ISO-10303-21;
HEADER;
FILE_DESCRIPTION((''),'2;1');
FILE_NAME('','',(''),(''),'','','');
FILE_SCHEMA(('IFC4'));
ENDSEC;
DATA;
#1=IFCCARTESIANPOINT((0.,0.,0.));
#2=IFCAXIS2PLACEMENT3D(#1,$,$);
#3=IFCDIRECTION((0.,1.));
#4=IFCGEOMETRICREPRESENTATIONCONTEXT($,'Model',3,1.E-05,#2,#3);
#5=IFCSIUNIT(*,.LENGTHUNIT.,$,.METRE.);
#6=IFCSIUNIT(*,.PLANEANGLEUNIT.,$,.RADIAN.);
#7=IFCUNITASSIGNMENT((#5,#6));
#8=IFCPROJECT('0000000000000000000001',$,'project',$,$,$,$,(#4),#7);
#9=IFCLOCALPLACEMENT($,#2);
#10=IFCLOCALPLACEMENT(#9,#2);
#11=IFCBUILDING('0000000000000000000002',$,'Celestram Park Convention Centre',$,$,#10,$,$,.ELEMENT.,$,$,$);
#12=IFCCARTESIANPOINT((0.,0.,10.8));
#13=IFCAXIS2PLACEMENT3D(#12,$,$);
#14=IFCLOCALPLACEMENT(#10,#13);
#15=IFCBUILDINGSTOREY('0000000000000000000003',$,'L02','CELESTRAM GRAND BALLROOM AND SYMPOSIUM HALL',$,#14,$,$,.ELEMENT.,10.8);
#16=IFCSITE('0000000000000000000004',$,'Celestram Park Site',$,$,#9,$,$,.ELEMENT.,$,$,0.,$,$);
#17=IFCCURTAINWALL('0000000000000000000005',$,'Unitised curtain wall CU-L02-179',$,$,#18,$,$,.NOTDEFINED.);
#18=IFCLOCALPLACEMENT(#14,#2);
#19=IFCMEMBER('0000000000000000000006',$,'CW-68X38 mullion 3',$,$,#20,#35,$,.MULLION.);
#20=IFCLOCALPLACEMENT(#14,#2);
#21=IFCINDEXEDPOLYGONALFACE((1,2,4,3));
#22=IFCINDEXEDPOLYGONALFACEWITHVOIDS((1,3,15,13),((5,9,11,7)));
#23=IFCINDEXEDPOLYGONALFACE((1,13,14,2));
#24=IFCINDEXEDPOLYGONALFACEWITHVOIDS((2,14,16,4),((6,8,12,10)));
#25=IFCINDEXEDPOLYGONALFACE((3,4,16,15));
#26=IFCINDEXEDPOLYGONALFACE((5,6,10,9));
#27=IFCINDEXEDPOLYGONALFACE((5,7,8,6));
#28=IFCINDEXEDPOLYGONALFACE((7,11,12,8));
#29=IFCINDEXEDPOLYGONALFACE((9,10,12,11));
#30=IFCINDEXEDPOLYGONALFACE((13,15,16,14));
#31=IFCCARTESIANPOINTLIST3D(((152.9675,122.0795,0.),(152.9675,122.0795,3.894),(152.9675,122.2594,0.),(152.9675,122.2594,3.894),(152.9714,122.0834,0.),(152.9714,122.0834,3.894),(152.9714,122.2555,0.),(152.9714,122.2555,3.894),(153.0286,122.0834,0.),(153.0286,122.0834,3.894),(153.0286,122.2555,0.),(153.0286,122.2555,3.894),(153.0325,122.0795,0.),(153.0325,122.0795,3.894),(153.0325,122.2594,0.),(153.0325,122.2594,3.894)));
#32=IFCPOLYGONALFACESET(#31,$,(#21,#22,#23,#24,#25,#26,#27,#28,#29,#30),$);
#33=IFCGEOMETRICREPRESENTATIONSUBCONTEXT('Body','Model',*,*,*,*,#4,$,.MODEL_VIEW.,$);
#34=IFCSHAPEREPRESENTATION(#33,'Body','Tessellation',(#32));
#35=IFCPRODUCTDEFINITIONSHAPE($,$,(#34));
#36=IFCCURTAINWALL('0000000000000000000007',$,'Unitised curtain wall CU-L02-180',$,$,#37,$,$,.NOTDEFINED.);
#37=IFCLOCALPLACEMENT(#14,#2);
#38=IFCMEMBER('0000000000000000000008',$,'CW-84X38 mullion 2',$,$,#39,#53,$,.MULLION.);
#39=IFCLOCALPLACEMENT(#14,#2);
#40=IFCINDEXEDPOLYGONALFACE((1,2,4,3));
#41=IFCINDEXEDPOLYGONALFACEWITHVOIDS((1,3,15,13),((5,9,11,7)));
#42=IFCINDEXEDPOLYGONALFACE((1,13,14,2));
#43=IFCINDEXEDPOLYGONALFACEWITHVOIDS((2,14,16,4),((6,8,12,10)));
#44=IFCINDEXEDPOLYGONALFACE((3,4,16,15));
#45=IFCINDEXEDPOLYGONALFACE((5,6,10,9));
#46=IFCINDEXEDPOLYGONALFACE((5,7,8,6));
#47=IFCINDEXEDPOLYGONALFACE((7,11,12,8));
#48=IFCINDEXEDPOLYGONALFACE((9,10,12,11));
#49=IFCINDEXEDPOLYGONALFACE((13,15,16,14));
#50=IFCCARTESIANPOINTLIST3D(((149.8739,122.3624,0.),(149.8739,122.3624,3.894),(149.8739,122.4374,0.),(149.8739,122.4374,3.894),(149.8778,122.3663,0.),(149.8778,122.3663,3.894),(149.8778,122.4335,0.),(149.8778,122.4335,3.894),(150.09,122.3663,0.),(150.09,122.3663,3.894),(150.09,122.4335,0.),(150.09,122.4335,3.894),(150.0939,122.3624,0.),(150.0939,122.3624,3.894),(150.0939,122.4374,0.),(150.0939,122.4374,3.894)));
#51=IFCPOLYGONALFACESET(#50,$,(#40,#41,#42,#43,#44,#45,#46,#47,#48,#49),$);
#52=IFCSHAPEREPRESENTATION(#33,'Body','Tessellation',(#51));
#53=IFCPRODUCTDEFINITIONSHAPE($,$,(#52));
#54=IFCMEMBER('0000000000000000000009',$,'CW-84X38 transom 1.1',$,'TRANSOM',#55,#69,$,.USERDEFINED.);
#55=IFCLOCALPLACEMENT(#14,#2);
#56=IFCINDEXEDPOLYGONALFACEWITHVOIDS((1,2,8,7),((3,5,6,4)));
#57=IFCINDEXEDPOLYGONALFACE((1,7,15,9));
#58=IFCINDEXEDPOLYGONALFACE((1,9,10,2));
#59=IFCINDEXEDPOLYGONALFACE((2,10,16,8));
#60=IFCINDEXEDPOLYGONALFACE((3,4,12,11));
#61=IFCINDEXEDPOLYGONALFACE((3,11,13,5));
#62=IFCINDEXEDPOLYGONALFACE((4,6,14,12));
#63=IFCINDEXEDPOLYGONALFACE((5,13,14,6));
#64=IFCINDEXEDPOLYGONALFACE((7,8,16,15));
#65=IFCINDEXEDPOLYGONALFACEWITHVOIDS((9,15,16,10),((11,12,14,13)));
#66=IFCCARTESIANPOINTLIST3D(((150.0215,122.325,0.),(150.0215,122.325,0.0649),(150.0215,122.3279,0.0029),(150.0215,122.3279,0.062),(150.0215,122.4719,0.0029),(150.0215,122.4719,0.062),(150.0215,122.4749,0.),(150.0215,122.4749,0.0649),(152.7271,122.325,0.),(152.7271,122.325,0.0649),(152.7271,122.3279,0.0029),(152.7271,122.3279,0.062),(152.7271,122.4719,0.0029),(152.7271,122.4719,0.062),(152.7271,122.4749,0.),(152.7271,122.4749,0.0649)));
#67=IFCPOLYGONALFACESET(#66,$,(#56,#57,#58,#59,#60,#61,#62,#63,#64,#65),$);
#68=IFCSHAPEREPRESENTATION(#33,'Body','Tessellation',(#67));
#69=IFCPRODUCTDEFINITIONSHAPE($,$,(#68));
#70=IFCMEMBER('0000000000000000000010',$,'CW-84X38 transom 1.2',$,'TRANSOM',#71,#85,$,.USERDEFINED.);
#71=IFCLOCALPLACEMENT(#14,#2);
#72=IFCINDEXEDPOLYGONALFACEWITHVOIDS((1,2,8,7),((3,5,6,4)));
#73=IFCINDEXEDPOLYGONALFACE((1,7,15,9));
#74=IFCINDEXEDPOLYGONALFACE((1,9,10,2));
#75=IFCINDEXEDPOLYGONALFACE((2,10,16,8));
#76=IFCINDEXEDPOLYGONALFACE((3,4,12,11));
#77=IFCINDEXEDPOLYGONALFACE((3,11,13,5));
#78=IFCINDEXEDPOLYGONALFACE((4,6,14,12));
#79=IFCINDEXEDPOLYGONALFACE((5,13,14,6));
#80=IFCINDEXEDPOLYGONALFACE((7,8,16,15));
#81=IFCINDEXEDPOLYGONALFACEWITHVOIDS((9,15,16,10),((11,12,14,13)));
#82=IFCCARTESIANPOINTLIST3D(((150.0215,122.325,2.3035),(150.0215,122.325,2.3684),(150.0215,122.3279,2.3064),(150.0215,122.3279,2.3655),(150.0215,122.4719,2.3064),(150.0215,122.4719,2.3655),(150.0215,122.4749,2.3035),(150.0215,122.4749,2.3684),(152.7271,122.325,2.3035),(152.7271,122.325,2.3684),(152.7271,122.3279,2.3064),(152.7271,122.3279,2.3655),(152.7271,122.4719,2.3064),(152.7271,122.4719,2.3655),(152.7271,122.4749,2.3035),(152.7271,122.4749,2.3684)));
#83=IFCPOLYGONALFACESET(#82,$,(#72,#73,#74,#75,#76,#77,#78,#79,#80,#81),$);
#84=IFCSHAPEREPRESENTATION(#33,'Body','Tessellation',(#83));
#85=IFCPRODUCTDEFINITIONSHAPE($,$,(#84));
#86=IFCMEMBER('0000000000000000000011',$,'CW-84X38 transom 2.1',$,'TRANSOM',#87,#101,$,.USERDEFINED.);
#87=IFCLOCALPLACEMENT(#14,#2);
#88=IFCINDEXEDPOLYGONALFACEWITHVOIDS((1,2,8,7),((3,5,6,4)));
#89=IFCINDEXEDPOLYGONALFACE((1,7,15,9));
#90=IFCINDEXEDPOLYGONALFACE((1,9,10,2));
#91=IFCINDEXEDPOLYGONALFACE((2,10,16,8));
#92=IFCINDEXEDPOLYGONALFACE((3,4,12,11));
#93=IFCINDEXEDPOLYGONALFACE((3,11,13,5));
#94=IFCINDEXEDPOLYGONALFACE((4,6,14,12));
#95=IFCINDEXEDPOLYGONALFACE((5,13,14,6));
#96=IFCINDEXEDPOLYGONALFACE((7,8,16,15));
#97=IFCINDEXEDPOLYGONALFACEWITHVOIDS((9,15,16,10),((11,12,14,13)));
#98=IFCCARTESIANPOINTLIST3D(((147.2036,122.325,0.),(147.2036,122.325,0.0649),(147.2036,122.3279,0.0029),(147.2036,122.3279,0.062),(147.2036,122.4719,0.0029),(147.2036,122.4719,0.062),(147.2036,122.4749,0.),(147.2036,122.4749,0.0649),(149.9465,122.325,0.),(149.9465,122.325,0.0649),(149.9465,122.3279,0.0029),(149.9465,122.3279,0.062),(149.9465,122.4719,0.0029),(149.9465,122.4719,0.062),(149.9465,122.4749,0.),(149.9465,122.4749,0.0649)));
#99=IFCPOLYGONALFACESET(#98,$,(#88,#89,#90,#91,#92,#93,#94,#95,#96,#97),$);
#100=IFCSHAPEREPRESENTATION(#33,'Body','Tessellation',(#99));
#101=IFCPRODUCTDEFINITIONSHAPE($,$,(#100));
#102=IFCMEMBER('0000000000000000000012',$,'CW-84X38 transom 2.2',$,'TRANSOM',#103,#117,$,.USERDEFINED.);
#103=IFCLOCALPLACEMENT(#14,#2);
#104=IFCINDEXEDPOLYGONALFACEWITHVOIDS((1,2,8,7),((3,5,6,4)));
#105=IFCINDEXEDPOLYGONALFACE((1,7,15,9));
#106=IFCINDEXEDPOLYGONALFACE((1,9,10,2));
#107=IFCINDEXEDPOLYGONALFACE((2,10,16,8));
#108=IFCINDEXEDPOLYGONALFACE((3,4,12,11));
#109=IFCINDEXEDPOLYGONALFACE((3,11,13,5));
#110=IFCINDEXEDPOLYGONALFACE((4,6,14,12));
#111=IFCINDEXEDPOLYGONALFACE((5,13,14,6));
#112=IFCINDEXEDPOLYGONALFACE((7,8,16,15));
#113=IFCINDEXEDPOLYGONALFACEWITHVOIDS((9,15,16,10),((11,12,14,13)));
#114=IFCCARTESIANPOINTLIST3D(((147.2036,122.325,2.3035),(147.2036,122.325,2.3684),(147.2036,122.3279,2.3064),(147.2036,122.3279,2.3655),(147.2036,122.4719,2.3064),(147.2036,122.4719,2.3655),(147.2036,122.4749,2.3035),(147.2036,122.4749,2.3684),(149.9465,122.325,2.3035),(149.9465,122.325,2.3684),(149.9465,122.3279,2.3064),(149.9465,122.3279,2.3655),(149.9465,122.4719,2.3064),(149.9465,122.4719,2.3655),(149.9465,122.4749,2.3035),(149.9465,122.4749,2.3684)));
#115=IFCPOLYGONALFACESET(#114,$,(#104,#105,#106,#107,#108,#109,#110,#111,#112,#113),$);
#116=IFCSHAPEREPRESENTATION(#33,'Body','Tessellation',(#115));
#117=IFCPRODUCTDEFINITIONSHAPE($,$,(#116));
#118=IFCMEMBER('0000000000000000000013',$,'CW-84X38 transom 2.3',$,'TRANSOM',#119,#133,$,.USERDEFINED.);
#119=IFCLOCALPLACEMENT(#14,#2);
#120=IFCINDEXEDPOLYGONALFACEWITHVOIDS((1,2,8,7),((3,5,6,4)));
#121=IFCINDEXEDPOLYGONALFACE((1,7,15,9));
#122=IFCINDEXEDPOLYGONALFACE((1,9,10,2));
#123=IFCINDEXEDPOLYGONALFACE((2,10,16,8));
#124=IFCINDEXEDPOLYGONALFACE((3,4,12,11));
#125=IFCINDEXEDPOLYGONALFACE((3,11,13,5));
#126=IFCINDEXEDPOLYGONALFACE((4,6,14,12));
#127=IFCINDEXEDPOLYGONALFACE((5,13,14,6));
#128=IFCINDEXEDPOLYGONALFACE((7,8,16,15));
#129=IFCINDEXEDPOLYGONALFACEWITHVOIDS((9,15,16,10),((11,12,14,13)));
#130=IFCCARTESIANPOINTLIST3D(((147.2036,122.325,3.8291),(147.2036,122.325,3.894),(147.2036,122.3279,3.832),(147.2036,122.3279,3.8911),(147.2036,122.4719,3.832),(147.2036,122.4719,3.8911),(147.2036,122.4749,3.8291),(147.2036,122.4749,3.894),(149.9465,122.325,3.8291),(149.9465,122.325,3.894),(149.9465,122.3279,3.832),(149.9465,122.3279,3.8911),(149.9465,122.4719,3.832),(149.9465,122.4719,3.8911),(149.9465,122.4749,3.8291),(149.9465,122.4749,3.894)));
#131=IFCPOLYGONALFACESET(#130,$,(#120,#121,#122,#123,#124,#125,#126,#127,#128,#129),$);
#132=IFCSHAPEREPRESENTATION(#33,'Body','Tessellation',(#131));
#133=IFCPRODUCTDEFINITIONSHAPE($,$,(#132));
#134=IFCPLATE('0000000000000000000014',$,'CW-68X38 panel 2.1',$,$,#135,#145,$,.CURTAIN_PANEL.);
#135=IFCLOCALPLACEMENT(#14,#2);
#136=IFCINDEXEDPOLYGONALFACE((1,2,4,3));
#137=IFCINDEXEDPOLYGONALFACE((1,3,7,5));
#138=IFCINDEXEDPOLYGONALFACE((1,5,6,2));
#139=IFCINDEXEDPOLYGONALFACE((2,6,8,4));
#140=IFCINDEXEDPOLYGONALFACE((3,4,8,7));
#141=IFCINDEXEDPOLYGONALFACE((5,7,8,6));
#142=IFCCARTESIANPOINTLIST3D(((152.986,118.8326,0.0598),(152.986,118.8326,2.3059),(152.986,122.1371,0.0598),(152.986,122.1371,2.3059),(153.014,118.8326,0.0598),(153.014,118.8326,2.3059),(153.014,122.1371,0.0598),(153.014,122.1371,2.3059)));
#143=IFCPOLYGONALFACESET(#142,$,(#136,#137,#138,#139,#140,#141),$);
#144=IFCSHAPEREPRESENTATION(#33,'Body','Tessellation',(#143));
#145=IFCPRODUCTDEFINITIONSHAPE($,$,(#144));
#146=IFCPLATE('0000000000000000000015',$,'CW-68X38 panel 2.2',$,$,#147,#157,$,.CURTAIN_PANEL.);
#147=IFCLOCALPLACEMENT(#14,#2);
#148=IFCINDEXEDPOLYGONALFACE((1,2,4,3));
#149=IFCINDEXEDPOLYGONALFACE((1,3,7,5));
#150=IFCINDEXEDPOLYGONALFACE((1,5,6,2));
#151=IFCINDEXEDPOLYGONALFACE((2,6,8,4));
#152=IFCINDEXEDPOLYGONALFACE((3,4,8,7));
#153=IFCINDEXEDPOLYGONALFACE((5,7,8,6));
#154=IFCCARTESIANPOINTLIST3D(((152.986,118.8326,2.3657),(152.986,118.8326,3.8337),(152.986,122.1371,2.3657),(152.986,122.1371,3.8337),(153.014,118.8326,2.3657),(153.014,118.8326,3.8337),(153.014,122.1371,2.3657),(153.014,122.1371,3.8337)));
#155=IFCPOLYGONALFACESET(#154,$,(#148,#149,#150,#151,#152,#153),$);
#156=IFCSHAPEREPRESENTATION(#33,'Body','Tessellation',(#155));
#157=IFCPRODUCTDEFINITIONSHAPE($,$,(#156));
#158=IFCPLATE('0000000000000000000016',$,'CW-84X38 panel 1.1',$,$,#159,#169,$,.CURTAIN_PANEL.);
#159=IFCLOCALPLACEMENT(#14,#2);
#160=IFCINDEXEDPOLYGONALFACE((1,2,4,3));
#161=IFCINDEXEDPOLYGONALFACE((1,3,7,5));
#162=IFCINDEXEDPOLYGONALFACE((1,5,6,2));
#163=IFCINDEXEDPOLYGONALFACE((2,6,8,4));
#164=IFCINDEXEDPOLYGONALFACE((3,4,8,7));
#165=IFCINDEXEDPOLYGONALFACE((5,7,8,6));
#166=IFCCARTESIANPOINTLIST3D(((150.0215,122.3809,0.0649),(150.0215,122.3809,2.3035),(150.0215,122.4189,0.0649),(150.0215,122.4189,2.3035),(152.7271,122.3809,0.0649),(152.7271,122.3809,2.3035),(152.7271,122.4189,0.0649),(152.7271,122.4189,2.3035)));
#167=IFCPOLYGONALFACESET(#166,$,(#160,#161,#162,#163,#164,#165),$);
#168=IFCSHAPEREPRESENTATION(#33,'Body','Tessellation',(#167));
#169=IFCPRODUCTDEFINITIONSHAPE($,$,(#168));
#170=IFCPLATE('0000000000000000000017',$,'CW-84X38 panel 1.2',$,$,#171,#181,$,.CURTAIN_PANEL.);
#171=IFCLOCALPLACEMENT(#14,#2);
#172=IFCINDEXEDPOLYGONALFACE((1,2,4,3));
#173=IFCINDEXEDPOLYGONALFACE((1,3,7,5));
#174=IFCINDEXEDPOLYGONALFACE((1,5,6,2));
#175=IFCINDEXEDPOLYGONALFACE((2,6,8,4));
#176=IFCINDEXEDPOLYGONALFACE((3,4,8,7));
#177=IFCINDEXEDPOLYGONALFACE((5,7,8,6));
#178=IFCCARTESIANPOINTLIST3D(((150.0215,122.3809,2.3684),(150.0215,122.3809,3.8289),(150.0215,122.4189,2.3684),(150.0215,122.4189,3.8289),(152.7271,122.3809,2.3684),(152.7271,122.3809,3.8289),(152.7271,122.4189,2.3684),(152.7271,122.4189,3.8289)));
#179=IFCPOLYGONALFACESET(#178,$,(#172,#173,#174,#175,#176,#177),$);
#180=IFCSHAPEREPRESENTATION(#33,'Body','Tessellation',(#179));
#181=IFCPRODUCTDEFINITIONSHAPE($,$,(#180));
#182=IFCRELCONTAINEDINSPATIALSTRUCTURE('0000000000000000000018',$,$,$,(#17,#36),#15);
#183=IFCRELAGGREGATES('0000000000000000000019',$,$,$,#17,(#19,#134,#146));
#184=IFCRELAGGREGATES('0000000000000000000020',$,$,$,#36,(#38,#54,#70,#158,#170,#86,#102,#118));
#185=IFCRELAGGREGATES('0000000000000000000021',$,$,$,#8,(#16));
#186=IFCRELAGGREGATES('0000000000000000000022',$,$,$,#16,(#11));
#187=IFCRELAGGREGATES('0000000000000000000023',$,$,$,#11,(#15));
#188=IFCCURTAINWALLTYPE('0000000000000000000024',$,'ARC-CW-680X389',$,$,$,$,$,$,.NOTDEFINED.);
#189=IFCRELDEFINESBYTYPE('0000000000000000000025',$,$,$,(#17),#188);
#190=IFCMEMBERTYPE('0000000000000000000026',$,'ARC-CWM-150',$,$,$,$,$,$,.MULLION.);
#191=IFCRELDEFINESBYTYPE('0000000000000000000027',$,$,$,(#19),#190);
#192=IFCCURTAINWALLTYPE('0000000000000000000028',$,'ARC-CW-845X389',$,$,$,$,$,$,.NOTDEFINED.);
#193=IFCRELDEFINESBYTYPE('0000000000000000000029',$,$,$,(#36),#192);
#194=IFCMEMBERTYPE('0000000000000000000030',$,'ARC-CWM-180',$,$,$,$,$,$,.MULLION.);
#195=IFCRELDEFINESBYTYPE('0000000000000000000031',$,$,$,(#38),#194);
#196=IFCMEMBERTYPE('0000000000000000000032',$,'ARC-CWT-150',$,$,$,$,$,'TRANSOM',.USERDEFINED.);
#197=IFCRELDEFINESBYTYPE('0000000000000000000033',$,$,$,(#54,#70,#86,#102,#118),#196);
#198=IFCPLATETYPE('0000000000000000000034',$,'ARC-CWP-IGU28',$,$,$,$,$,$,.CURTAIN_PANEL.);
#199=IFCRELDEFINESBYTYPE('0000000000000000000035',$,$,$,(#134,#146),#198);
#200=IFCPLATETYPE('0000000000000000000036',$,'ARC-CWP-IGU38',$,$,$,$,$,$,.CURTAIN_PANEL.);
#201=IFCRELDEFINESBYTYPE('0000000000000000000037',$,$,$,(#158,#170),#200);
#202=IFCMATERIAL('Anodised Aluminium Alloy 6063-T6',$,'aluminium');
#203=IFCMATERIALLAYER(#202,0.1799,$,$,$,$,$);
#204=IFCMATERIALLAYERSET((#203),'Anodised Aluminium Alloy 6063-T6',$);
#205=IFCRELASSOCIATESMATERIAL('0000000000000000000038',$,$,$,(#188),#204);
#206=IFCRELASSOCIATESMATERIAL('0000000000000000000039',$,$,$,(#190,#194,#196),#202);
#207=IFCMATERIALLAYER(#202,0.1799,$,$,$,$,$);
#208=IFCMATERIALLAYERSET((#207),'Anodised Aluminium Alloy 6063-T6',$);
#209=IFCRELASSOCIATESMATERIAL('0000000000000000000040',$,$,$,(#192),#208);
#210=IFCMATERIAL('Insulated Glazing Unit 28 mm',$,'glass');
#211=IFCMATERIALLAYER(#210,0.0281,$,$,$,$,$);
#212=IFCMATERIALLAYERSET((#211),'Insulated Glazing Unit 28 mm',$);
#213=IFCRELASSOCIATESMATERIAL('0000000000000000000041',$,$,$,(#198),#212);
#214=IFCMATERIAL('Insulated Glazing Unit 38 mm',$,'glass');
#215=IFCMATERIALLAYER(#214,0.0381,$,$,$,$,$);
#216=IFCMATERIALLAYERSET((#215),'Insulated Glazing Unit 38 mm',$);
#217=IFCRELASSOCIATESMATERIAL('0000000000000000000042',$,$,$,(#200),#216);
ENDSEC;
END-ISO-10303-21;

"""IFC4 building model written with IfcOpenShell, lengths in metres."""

from ifc_helpers import new_model, si_unit, direction, frame, origin, origin_2d, place, context, subcontext, project, spatial, rectangle, hollow_rectangle, extrude, material, layer, layer_set, material_profile, profile_set, type_object, element, aggregate, save


model = new_model("IFC4")

# Units and contexts
model_context = context("Model", 3, precision=1e-05, world=origin(), true_north=direction((0.0, 1.0)))
body_context = subcontext(model_context, "Body", "Model", "MODEL_VIEW")
ifc_project = project(units=[si_unit("LENGTHUNIT", "METRE"), si_unit("PLANEANGLEUNIT", "RADIAN")], contexts=[model_context])

# Site, building, storey
site_placement = place(None, origin())
site = spatial("IfcSite", under=ifc_project, at=site_placement, Name="Celestram Park Site", CompositionType="ELEMENT", RefElevation=0.0)
building_placement = place(site_placement, origin())
building = spatial("IfcBuilding", under=site, at=building_placement, Name="Celestram Park Convention Centre", CompositionType="ELEMENT")
storey_placement = place(building_placement, frame((0.0, 0.0, 10.8)))
storey = spatial("IfcBuildingStorey", under=building, at=storey_placement, Name="L02", Description="CELESTRAM GRAND BALLROOM AND SYMPOSIUM HALL", CompositionType="ELEMENT", Elevation=10.8)

# Curtain wall, member
ifc_material_1 = material(Name="Anodised Aluminium Alloy 6063-T6", Category="aluminium")
ifc_layer_1 = layer(ifc_material_1, 0.1799)
ifc_layer_set_1 = layer_set([ifc_layer_1], Name="Anodised Aluminium Alloy 6063-T6")
curtain_wall_type_1 = type_object("IfcCurtainWallType", Name="ARC-CW-680X389", PredefinedType="NOTDEFINED", material=ifc_layer_set_1)
curtain_wall_1_placement = place(storey_placement, origin())
curtain_wall_1 = element("IfcCurtainWall", 1, at=curtain_wall_1_placement, inside=storey, type_object=curtain_wall_type_1, Name="Unitised curtain wall CU-L02-179", PredefinedType="NOTDEFINED")
ifc_material_profile_1 = material_profile(ifc_material_1, hollow_rectangle(XDim=0.0649, YDim=0.1799, WallThickness=0.0039, at=origin_2d()), Name="ALU65X180X4")
ifc_profile_set_1 = profile_set([ifc_material_profile_1], Name="Anodised Aluminium Alloy 6063-T6")
member_type_1 = type_object("IfcMemberType", Name="ARC-CWM-150", PredefinedType="MULLION", material=ifc_profile_set_1)
member_1_placement = place(storey_placement, frame((153.0, 122.1694, 0.0), z_axis=(0.0, 0.0, 1.0), x_axis=(-1.0, 0.0, 0.0)))
member_1 = element("IfcMember", 2, at=member_1_placement, type_object=member_type_1, Name="CW-68X38 mullion 3", PredefinedType="MULLION", context=body_context, shape_type="SweptSolid", body=[
    extrude(hollow_rectangle(XDim=0.0649, YDim=0.1799, WallThickness=0.0039, at=origin_2d()), origin(), (0.0, 0.0, 1.0), 3.894),
])

# Curtain wall, members
ifc_layer_2 = layer(ifc_material_1, 0.1799)
ifc_layer_set_2 = layer_set([ifc_layer_2], Name="Anodised Aluminium Alloy 6063-T6")
curtain_wall_type_2 = type_object("IfcCurtainWallType", Name="ARC-CW-845X389", PredefinedType="NOTDEFINED", material=ifc_layer_set_2)
curtain_wall_2_placement = place(storey_placement, origin())
curtain_wall_2 = element("IfcCurtainWall", 3, at=curtain_wall_2_placement, inside=storey, type_object=curtain_wall_type_2, Name="Unitised curtain wall CU-L02-180", PredefinedType="NOTDEFINED")
ifc_material_profile_2 = material_profile(ifc_material_1, hollow_rectangle(XDim=0.075, YDim=0.22, WallThickness=0.0039, at=origin_2d()), Name="ALU75X220X4")
ifc_profile_set_2 = profile_set([ifc_material_profile_2], Name="Anodised Aluminium Alloy 6063-T6")
member_type_2 = type_object("IfcMemberType", Name="ARC-CWM-180", PredefinedType="MULLION", material=ifc_profile_set_2)
member_2_placement = place(storey_placement, frame((149.9839, 122.3999, 0.0), z_axis=(0.0, 0.0, 1.0), x_axis=(0.0, -1.0, 0.0)))
member_2 = element("IfcMember", 4, at=member_2_placement, type_object=member_type_2, Name="CW-84X38 mullion 2", PredefinedType="MULLION", context=body_context, shape_type="SweptSolid", body=[
    extrude(hollow_rectangle(XDim=0.075, YDim=0.22, WallThickness=0.0039, at=origin_2d()), origin(), (0.0, 0.0, 1.0), 3.894),
])
ifc_material_profile_3 = material_profile(ifc_material_1, hollow_rectangle(XDim=0.1499, YDim=0.0649, WallThickness=0.0029, at=origin_2d()), Name="ALU150X65X3")
ifc_profile_set_3 = profile_set([ifc_material_profile_3], Name="Anodised Aluminium Alloy 6063-T6")
member_type_3 = type_object("IfcMemberType", Name="ARC-CWT-150", ElementType="TRANSOM", PredefinedType="USERDEFINED", material=ifc_profile_set_3)
member_3_placement = place(storey_placement, frame((152.7271, 122.3999, 0.0325), z_axis=(-1.0, 0.0, 0.0), x_axis=(0.0, -1.0, 0.0)))
member_3 = element("IfcMember", 5, at=member_3_placement, type_object=member_type_3, Name="CW-84X38 transom 1.1", ObjectType="TRANSOM", PredefinedType="USERDEFINED", context=body_context, shape_type="SweptSolid", body=[
    extrude(hollow_rectangle(XDim=0.1499, YDim=0.0649, WallThickness=0.0029, at=origin_2d()), origin(), (0.0, 0.0, 1.0), 2.7056),
])
member_4_placement = place(storey_placement, frame((152.7271, 122.3999, 2.3359), z_axis=(-1.0, 0.0, 0.0), x_axis=(0.0, -1.0, 0.0)))
member_4 = element("IfcMember", 6, at=member_4_placement, type_object=member_type_3, Name="CW-84X38 transom 1.2", ObjectType="TRANSOM", PredefinedType="USERDEFINED", context=body_context, shape_type="SweptSolid", body=[
    extrude(hollow_rectangle(XDim=0.1499, YDim=0.0649, WallThickness=0.0029, at=origin_2d()), origin(), (0.0, 0.0, 1.0), 2.7056),
])
member_5_placement = place(storey_placement, frame((149.9465, 122.3999, 0.0325), z_axis=(-1.0, 0.0, 0.0), x_axis=(0.0, -1.0, 0.0)))
member_5 = element("IfcMember", 7, at=member_5_placement, type_object=member_type_3, Name="CW-84X38 transom 2.1", ObjectType="TRANSOM", PredefinedType="USERDEFINED", context=body_context, shape_type="SweptSolid", body=[
    extrude(hollow_rectangle(XDim=0.1499, YDim=0.0649, WallThickness=0.0029, at=origin_2d()), origin(), (0.0, 0.0, 1.0), 2.7429),
])
member_6_placement = place(storey_placement, frame((149.9465, 122.3999, 2.3359), z_axis=(-1.0, 0.0, 0.0), x_axis=(0.0, -1.0, 0.0)))
member_6 = element("IfcMember", 8, at=member_6_placement, type_object=member_type_3, Name="CW-84X38 transom 2.2", ObjectType="TRANSOM", PredefinedType="USERDEFINED", context=body_context, shape_type="SweptSolid", body=[
    extrude(hollow_rectangle(XDim=0.1499, YDim=0.0649, WallThickness=0.0029, at=origin_2d()), origin(), (0.0, 0.0, 1.0), 2.7429),
])
member_7_placement = place(storey_placement, frame((149.9465, 122.3999, 3.8616), z_axis=(-1.0, 0.0, 0.0), x_axis=(0.0, -1.0, 0.0)))
member_7 = element("IfcMember", 9, at=member_7_placement, type_object=member_type_3, Name="CW-84X38 transom 2.3", ObjectType="TRANSOM", PredefinedType="USERDEFINED", context=body_context, shape_type="SweptSolid", body=[
    extrude(hollow_rectangle(XDim=0.1499, YDim=0.0649, WallThickness=0.0029, at=origin_2d()), origin(), (0.0, 0.0, 1.0), 2.7429),
])

# Plates
ifc_material_2 = material(Name="Insulated Glazing Unit 28 mm", Category="glass")
ifc_layer_3 = layer(ifc_material_2, 0.0281)
ifc_layer_set_3 = layer_set([ifc_layer_3], Name="Insulated Glazing Unit 28 mm")
plate_type_1 = type_object("IfcPlateType", Name="ARC-CWP-IGU28", PredefinedType="CURTAIN_PANEL", material=ifc_layer_set_3)
plate_1_placement = place(storey_placement, frame((153.0, 120.4849, 0.0598), z_axis=(0.0, 0.0, 1.0), x_axis=(0.0, 1.0, 0.0)))
plate_1 = element("IfcPlate", 10, at=plate_1_placement, type_object=plate_type_1, Name="CW-68X38 panel 2.1", PredefinedType="CURTAIN_PANEL", context=body_context, shape_type="SweptSolid", body=[
    extrude(rectangle(XDim=3.3044, YDim=0.0281, at=origin_2d()), origin(), (0.0, 0.0, 1.0), 2.2461),
])
plate_2_placement = place(storey_placement, frame((153.0, 120.4849, 2.3657), z_axis=(0.0, 0.0, 1.0), x_axis=(0.0, 1.0, 0.0)))
plate_2 = element("IfcPlate", 11, at=plate_2_placement, type_object=plate_type_1, Name="CW-68X38 panel 2.2", PredefinedType="CURTAIN_PANEL", context=body_context, shape_type="SweptSolid", body=[
    extrude(rectangle(XDim=3.3044, YDim=0.0281, at=origin_2d()), origin(), (0.0, 0.0, 1.0), 1.468),
])
aggregate(curtain_wall_1, [member_1, plate_1, plate_2])
ifc_material_3 = material(Name="Insulated Glazing Unit 38 mm", Category="glass")
ifc_layer_4 = layer(ifc_material_3, 0.0381)
ifc_layer_set_4 = layer_set([ifc_layer_4], Name="Insulated Glazing Unit 38 mm")
plate_type_2 = type_object("IfcPlateType", Name="ARC-CWP-IGU38", PredefinedType="CURTAIN_PANEL", material=ifc_layer_set_4)
plate_3_placement = place(storey_placement, frame((151.3743, 122.3999, 0.0649), z_axis=(0.0, 0.0, 1.0), x_axis=(-1.0, 0.0, 0.0)))
plate_3 = element("IfcPlate", 12, at=plate_3_placement, type_object=plate_type_2, Name="CW-84X38 panel 1.1", PredefinedType="CURTAIN_PANEL", context=body_context, shape_type="SweptSolid", body=[
    extrude(rectangle(XDim=2.7056, YDim=0.0381, at=origin_2d()), origin(), (0.0, 0.0, 1.0), 2.2385),
])
plate_4_placement = place(storey_placement, frame((151.3743, 122.3999, 2.3684), z_axis=(0.0, 0.0, 1.0), x_axis=(-1.0, 0.0, 0.0)))
plate_4 = element("IfcPlate", 13, at=plate_4_placement, type_object=plate_type_2, Name="CW-84X38 panel 1.2", PredefinedType="CURTAIN_PANEL", context=body_context, shape_type="SweptSolid", body=[
    extrude(rectangle(XDim=2.7056, YDim=0.0381, at=origin_2d()), origin(), (0.0, 0.0, 1.0), 1.4604),
])
aggregate(curtain_wall_2, [member_2, member_3, member_4, plate_3, plate_4, member_5, member_6, member_7])

save(model, "model.ifc")
